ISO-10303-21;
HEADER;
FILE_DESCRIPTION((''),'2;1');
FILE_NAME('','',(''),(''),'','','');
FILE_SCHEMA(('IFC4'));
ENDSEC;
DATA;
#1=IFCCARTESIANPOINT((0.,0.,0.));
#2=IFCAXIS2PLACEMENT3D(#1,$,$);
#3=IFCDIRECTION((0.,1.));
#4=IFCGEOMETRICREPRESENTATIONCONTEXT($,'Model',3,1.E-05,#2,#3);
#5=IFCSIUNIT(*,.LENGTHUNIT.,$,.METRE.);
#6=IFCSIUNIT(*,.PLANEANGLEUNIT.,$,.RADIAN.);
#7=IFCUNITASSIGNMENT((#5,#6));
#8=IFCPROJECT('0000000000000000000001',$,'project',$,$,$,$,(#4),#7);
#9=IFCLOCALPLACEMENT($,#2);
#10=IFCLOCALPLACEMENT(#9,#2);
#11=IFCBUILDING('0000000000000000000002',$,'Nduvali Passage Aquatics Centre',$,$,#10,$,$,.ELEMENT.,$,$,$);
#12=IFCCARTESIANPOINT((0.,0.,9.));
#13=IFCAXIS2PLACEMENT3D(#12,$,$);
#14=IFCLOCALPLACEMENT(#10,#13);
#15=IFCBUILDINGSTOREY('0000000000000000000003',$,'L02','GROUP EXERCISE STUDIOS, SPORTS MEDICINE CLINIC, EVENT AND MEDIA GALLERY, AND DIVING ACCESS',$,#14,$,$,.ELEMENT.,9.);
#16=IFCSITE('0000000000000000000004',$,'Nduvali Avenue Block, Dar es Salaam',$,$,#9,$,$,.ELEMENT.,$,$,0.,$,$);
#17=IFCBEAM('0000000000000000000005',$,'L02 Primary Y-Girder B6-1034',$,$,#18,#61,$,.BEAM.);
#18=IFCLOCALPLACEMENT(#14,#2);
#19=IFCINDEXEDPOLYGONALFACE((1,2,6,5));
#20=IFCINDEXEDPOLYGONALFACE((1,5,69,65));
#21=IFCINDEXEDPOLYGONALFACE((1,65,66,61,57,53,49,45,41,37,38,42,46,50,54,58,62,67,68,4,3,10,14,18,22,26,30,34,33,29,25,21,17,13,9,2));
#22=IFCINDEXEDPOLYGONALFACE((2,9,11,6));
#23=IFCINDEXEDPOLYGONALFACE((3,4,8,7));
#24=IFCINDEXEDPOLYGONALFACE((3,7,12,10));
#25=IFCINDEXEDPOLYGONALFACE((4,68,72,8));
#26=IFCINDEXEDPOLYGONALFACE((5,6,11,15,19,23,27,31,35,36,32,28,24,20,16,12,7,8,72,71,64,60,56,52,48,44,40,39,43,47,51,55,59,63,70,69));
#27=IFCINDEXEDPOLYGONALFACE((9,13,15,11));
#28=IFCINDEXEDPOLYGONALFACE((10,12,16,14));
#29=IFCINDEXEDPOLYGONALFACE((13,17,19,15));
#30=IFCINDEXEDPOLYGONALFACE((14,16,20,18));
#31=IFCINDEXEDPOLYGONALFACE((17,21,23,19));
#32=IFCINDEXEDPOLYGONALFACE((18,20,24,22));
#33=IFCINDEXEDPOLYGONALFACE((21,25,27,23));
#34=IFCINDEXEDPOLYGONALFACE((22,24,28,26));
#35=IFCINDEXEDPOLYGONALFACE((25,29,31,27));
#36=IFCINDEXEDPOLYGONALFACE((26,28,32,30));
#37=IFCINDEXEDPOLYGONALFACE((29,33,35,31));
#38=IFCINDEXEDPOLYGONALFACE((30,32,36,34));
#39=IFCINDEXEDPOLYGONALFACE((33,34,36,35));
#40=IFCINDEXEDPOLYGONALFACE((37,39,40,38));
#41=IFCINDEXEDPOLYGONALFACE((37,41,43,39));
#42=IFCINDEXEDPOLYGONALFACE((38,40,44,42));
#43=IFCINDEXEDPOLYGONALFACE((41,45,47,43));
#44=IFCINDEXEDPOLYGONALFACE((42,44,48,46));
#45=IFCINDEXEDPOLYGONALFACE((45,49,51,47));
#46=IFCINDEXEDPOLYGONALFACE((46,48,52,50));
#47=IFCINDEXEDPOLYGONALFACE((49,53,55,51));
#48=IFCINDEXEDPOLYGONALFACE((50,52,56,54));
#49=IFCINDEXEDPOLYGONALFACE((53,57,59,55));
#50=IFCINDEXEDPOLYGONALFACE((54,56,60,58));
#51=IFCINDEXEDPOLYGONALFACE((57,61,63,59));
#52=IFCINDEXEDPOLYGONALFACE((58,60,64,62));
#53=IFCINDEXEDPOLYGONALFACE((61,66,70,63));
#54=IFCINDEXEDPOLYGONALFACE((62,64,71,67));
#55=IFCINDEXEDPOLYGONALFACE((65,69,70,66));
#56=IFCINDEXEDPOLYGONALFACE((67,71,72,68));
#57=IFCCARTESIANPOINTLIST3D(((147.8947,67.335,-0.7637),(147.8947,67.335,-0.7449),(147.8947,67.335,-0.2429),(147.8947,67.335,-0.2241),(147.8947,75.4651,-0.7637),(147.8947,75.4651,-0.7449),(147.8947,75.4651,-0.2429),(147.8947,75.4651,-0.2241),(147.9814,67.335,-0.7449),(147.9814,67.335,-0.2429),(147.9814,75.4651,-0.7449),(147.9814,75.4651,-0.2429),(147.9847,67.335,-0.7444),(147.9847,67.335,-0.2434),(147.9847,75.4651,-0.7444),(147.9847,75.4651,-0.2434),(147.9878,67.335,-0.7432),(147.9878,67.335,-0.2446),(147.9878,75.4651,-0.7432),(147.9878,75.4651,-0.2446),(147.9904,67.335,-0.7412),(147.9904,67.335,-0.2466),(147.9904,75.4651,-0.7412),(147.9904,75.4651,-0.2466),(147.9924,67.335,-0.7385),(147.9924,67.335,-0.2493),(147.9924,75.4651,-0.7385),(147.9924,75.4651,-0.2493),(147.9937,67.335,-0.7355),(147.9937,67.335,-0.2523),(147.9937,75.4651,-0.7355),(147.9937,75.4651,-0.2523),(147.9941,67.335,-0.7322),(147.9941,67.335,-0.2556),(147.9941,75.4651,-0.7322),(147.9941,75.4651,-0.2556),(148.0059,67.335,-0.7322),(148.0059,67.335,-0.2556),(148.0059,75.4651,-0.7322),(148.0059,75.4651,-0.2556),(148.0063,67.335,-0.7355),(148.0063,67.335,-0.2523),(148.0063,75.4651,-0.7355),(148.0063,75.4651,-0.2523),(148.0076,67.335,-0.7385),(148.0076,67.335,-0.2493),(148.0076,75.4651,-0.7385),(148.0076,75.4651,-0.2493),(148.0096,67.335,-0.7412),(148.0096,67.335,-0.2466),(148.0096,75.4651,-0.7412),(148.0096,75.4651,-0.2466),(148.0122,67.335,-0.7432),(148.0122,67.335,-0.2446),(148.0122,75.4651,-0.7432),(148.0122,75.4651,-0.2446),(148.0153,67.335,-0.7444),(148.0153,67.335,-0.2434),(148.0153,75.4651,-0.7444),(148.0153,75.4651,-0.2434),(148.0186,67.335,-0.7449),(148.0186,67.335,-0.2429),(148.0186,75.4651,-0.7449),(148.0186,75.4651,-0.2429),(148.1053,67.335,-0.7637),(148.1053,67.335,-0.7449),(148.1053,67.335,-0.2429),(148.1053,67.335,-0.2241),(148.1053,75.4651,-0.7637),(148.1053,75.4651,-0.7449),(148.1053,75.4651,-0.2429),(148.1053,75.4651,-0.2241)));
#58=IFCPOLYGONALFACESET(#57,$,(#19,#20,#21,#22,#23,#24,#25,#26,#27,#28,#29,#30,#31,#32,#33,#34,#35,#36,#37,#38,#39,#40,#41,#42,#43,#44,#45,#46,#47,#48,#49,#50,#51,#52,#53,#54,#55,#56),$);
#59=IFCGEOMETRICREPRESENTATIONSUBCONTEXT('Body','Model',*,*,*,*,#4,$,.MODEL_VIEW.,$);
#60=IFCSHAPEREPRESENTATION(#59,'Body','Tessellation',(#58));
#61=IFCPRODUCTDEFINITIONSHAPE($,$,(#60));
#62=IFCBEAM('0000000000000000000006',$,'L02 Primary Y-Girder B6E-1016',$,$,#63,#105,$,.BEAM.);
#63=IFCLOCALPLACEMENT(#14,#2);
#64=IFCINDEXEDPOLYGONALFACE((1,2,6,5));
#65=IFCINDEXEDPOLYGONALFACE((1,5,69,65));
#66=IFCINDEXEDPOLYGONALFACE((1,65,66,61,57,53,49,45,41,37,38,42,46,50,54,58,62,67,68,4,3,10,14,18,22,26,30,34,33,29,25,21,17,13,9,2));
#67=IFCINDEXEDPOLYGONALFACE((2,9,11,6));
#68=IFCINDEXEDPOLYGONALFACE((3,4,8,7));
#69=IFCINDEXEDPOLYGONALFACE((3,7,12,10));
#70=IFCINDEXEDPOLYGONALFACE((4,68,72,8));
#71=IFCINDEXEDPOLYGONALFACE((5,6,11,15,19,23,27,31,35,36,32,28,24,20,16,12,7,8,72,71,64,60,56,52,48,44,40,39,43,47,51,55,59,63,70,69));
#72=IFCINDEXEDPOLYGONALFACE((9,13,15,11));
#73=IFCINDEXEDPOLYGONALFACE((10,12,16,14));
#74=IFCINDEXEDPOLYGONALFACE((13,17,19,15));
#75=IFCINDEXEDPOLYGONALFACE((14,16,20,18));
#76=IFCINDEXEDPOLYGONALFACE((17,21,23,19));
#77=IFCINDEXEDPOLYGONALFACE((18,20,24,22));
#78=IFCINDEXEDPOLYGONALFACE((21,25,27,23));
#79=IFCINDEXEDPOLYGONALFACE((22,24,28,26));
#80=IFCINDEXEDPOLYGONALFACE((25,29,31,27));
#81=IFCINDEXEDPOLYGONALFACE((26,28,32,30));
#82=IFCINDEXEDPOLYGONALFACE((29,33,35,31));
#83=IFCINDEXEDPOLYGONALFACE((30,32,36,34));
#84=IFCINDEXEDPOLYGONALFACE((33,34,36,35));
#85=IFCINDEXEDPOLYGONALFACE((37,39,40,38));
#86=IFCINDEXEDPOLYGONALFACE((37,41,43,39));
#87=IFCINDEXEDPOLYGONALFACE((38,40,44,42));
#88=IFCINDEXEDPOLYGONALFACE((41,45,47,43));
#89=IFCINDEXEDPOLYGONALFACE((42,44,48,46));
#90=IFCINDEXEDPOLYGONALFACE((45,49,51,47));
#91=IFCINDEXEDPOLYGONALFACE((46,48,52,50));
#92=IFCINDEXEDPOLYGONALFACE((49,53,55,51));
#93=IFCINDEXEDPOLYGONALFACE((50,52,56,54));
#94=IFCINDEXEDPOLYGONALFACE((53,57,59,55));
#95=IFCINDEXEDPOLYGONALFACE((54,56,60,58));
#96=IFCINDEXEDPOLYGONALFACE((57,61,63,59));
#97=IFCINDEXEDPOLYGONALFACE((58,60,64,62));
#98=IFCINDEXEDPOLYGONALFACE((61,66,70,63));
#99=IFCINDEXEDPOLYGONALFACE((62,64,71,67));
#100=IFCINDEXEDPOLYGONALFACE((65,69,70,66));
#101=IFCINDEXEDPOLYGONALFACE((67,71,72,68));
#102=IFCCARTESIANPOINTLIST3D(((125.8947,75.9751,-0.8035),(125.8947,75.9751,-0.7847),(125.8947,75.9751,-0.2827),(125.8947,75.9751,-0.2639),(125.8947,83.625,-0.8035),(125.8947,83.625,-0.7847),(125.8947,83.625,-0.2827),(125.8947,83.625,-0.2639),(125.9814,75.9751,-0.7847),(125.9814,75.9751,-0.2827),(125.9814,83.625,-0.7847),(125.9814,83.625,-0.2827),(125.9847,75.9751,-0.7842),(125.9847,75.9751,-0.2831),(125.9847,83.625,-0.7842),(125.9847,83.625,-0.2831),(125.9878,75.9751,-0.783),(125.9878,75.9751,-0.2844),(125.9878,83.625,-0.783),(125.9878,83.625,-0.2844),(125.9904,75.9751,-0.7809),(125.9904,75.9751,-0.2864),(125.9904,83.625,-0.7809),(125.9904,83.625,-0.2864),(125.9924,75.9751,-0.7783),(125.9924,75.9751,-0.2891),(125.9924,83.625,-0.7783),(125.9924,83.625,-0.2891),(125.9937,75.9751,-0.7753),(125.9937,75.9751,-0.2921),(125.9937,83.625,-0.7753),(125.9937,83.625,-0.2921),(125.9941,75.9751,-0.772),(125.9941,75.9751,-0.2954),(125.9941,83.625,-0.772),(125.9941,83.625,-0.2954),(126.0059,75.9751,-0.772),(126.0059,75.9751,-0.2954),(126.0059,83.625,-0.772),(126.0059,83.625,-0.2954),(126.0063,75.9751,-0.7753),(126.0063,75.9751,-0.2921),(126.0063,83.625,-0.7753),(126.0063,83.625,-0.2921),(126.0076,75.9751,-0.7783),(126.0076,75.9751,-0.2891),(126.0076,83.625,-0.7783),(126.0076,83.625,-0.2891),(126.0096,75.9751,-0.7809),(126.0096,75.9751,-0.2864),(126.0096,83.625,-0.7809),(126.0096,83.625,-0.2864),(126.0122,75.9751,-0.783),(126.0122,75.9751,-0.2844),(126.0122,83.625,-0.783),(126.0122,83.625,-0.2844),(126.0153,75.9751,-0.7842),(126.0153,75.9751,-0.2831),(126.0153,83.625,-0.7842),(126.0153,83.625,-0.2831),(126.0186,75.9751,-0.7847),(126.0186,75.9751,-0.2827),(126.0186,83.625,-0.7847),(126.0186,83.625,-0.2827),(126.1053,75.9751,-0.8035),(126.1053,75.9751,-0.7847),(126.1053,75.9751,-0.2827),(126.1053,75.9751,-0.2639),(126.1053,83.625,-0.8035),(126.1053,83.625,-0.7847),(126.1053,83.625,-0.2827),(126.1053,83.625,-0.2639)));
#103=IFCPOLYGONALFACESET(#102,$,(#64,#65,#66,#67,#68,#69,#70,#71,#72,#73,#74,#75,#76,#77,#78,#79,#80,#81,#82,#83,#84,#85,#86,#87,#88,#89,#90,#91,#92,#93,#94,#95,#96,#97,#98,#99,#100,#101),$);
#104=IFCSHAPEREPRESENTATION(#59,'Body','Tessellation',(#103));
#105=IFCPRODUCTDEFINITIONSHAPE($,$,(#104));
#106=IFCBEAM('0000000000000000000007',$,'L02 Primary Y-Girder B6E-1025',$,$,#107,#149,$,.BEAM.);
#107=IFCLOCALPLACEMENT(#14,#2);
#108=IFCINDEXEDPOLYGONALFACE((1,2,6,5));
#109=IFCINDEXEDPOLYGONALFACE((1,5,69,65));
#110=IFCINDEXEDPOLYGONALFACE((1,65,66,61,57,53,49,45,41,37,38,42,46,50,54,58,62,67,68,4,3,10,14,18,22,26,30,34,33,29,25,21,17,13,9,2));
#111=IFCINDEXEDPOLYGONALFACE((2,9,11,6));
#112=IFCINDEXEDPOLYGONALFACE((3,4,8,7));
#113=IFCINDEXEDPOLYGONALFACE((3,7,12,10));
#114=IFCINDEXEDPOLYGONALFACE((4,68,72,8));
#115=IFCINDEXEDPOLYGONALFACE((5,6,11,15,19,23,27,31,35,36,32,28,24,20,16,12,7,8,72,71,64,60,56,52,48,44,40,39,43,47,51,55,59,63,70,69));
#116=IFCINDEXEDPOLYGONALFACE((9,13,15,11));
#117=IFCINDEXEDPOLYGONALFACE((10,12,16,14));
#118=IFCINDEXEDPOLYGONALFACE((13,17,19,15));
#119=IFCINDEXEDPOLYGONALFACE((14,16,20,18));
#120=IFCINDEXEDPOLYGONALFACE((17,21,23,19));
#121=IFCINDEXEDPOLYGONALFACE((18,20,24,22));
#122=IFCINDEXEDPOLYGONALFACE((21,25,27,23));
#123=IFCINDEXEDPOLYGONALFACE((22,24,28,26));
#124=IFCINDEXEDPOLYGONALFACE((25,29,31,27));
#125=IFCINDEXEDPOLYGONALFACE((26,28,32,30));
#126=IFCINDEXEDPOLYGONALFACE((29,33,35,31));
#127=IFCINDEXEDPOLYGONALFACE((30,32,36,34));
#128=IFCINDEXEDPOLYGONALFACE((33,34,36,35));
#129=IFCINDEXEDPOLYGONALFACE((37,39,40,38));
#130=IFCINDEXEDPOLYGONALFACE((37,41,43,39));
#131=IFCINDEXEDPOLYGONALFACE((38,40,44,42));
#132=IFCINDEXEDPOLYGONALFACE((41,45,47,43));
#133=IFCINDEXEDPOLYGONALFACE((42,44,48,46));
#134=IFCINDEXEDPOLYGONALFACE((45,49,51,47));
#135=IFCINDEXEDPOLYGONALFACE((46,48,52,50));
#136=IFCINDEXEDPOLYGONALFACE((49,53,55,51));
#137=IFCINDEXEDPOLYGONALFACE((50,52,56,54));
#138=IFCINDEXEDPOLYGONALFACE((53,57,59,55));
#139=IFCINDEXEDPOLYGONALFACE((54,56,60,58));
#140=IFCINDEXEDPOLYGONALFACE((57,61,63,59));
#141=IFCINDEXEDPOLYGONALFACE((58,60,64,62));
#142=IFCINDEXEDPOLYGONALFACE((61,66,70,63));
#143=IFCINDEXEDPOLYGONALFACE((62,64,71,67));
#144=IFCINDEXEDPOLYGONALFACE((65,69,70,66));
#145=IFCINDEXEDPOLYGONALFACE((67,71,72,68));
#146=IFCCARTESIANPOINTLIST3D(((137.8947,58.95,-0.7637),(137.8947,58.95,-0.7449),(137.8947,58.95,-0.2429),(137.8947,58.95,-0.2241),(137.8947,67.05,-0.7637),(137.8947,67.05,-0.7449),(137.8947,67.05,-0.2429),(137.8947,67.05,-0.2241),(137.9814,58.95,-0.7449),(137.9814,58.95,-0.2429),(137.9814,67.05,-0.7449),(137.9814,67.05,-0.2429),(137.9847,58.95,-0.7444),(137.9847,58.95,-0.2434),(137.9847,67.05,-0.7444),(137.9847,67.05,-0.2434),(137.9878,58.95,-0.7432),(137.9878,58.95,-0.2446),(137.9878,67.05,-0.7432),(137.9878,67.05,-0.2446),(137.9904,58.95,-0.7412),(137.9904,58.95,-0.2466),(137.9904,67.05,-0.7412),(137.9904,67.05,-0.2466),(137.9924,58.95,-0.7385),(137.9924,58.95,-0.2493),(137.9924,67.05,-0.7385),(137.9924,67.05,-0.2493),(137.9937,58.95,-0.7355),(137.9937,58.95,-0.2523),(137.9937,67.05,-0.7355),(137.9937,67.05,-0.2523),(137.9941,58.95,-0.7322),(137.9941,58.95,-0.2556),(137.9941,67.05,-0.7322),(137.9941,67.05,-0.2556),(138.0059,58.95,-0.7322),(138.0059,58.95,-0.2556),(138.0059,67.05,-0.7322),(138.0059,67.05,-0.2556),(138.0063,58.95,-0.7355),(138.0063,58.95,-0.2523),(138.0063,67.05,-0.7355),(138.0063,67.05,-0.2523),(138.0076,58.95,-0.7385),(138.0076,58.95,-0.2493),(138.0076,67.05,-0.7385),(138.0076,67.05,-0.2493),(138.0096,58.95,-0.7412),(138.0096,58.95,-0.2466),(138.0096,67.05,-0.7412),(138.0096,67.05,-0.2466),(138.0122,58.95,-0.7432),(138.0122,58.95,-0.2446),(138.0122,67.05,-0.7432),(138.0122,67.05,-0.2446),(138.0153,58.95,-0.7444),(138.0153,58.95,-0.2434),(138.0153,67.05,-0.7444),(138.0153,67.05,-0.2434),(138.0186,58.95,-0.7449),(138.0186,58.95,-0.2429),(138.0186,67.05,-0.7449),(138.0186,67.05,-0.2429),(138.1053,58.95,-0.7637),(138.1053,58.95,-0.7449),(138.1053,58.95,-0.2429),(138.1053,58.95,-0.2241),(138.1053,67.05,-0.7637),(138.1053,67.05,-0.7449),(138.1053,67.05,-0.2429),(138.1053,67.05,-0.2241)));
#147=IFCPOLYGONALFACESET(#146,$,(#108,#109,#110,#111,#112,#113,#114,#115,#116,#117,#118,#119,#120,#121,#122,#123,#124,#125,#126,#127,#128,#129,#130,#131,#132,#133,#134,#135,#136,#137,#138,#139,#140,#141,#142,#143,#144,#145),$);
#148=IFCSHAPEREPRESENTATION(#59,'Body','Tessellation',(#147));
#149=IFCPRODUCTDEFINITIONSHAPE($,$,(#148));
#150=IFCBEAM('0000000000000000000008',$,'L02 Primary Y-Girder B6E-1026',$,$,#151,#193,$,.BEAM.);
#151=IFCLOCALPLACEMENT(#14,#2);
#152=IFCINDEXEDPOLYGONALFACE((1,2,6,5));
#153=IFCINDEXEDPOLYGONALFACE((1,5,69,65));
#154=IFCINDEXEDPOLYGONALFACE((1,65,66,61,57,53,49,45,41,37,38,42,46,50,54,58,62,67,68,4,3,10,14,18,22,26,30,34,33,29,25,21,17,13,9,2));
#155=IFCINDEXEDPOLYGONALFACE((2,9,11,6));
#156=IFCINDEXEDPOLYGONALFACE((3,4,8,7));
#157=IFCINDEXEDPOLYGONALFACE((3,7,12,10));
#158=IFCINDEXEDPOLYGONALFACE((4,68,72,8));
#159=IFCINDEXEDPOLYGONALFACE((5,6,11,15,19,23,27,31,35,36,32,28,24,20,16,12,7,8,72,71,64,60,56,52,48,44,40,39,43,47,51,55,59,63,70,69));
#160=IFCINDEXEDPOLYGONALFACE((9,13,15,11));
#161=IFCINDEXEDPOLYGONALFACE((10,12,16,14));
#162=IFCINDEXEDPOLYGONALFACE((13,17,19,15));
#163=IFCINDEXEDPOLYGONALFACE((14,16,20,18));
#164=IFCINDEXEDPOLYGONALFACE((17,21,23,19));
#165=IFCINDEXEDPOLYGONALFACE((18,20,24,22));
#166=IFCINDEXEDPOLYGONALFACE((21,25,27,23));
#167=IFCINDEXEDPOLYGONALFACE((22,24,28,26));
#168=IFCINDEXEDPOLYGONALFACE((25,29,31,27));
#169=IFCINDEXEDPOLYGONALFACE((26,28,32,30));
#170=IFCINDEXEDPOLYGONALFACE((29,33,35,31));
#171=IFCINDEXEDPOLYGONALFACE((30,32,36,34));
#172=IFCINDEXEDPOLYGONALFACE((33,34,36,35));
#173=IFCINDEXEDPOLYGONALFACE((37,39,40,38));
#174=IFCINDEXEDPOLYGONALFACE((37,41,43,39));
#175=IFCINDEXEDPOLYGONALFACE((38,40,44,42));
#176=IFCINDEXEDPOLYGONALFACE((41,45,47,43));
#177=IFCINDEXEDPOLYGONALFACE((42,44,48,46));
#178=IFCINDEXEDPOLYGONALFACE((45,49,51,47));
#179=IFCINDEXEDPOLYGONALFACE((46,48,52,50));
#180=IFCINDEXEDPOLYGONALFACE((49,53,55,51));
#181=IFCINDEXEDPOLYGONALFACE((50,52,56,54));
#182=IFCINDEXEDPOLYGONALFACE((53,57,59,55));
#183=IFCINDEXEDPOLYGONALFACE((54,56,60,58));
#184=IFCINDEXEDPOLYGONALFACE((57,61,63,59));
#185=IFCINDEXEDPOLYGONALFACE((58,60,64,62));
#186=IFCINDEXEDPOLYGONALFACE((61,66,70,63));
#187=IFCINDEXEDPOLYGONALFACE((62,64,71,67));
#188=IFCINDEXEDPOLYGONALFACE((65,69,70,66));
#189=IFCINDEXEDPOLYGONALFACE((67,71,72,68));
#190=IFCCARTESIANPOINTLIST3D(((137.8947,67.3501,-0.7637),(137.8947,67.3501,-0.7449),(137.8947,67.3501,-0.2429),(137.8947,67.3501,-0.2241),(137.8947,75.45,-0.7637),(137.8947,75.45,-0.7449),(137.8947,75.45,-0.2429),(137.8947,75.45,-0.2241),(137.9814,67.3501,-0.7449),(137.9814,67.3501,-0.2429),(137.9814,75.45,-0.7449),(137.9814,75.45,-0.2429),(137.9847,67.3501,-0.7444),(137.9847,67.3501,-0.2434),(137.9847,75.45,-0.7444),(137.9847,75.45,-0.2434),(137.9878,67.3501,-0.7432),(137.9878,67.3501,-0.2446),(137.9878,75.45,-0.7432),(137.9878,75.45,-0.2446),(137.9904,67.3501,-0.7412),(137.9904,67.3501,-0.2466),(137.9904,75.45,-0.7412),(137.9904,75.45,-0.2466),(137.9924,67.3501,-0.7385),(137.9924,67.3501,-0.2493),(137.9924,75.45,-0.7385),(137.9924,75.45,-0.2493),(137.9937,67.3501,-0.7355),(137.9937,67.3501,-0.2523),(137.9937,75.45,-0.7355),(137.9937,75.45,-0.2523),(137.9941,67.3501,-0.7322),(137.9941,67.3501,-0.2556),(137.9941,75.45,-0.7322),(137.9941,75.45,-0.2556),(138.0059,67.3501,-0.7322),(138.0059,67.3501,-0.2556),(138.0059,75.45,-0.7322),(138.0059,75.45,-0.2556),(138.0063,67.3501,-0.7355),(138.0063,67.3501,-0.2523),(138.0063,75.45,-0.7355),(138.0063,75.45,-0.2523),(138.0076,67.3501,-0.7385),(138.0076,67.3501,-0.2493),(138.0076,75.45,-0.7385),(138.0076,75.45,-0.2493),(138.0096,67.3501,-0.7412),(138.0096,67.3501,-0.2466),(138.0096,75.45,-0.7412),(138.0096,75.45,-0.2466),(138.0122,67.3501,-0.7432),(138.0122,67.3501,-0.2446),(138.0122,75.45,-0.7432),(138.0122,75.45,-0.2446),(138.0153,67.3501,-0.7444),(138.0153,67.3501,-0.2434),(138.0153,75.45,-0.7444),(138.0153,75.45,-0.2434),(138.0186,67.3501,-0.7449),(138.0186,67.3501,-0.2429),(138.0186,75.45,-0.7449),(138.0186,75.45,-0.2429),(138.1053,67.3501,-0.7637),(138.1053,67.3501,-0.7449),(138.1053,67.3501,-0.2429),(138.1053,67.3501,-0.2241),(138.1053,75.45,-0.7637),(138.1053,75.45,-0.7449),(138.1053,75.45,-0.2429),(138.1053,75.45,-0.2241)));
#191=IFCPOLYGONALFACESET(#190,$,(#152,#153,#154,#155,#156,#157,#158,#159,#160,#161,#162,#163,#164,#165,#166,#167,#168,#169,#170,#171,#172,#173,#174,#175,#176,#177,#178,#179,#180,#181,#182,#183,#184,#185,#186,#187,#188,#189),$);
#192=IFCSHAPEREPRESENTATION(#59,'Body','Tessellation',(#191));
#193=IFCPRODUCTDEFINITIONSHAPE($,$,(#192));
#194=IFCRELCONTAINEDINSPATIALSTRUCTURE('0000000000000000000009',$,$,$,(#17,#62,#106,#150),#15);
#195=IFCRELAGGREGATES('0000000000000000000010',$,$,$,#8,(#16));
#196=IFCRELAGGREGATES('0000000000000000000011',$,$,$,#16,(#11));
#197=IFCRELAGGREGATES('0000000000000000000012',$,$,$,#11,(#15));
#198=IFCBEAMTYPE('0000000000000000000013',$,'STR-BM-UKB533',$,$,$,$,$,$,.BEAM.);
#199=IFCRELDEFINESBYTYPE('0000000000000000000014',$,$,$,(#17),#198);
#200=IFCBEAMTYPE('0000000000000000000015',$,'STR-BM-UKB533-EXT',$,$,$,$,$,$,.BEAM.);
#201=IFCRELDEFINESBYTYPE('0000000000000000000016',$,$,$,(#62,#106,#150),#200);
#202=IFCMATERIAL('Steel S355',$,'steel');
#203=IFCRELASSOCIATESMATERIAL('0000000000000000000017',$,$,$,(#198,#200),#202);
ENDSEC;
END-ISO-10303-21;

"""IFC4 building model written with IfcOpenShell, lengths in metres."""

from ifc_helpers import new_model, si_unit, direction, frame, origin, origin_2d, place, context, subcontext, project, spatial, i_section, extrude, material, material_profile, profile_set, type_object, element, save


model = new_model("IFC4")

# Units and contexts
model_context = context("Model", 3, precision=1e-05, world=origin(), true_north=direction((0.0, 1.0)))
body_context = subcontext(model_context, "Body", "Model", "MODEL_VIEW")
ifc_project = project(units=[si_unit("LENGTHUNIT", "METRE"), si_unit("PLANEANGLEUNIT", "RADIAN")], contexts=[model_context])

# Site, building, storey
site_placement = place(None, origin())
site = spatial("IfcSite", under=ifc_project, at=site_placement, Name="Nduvali Avenue Block, Dar es Salaam", CompositionType="ELEMENT", RefElevation=0.0)
building_placement = place(site_placement, origin())
building = spatial("IfcBuilding", under=site, at=building_placement, Name="Nduvali Passage Aquatics Centre", CompositionType="ELEMENT")
storey_placement = place(building_placement, frame((0.0, 0.0, 9.0)))
storey = spatial("IfcBuildingStorey", under=building, at=storey_placement, Name="L02", Description="GROUP EXERCISE STUDIOS, SPORTS MEDICINE CLINIC, EVENT AND MEDIA GALLERY, AND DIVING ACCESS", CompositionType="ELEMENT", Elevation=9.0)

# Beams
ifc_material_1 = material(Name="Steel S355", Category="steel")
ifc_material_profile_1 = material_profile(ifc_material_1, i_section(OverallWidth=0.2107, OverallDepth=0.5396, WebThickness=0.0117, FlangeThickness=0.0188, FilletRadius=0.0127, at=origin_2d()), Name="UKB 533x210x109")
ifc_profile_set_1 = profile_set([ifc_material_profile_1], Name="Steel S355")
beam_type_1 = type_object("IfcBeamType", Name="STR-BM-UKB533", PredefinedType="BEAM", material=ifc_profile_set_1)
beam_1_placement = place(storey_placement, frame((148.0, 67.335, -0.4939), z_axis=(0.0, 1.0, 0.0), x_axis=(-1.0, 0.0, 0.0)))
element("IfcBeam", 1, at=beam_1_placement, inside=storey, type_object=beam_type_1, Name="L02 Primary Y-Girder B6-1034", PredefinedType="BEAM", context=body_context, shape_type="SweptSolid", body=[
    extrude(i_section(OverallWidth=0.2107, OverallDepth=0.5396, WebThickness=0.0117, FlangeThickness=0.0188, FilletRadius=0.0127, at=origin_2d()), origin(), (0.0, 0.0, 1.0), 8.1301),
])
ifc_material_profile_2 = material_profile(ifc_material_1, i_section(OverallWidth=0.2107, OverallDepth=0.5396, WebThickness=0.0117, FlangeThickness=0.0188, FilletRadius=0.0127, at=origin_2d()), Name="UKB 533x210x109")
ifc_profile_set_2 = profile_set([ifc_material_profile_2], Name="Steel S355")
beam_type_2 = type_object("IfcBeamType", Name="STR-BM-UKB533-EXT", PredefinedType="BEAM", material=ifc_profile_set_2)
beam_2_placement = place(storey_placement, frame((126.0, 75.9751, -0.5337), z_axis=(0.0, 1.0, 0.0), x_axis=(-1.0, 0.0, 0.0)))
element("IfcBeam", 2, at=beam_2_placement, inside=storey, type_object=beam_type_2, Name="L02 Primary Y-Girder B6E-1016", PredefinedType="BEAM", context=body_context, shape_type="SweptSolid", body=[
    extrude(i_section(OverallWidth=0.2107, OverallDepth=0.5396, WebThickness=0.0117, FlangeThickness=0.0188, FilletRadius=0.0127, at=origin_2d()), origin(), (0.0, 0.0, 1.0), 7.6499),
])
beam_3_placement = place(storey_placement, frame((138.0, 58.95, -0.4939), z_axis=(0.0, 1.0, 0.0), x_axis=(-1.0, 0.0, 0.0)))
element("IfcBeam", 3, at=beam_3_placement, inside=storey, type_object=beam_type_2, Name="L02 Primary Y-Girder B6E-1025", PredefinedType="BEAM", context=body_context, shape_type="SweptSolid", body=[
    extrude(i_section(OverallWidth=0.2107, OverallDepth=0.5396, WebThickness=0.0117, FlangeThickness=0.0188, FilletRadius=0.0127, at=origin_2d()), origin(), (0.0, 0.0, 1.0), 8.1001),
])
beam_4_placement = place(storey_placement, frame((138.0, 67.3501, -0.4939), z_axis=(0.0, 1.0, 0.0), x_axis=(-1.0, 0.0, 0.0)))
element("IfcBeam", 4, at=beam_4_placement, inside=storey, type_object=beam_type_2, Name="L02 Primary Y-Girder B6E-1026", PredefinedType="BEAM", context=body_context, shape_type="SweptSolid", body=[
    extrude(i_section(OverallWidth=0.2107, OverallDepth=0.5396, WebThickness=0.0117, FlangeThickness=0.0188, FilletRadius=0.0127, at=origin_2d()), origin(), (0.0, 0.0, 1.0), 8.0999),
])

save(model, "model.ifc")
